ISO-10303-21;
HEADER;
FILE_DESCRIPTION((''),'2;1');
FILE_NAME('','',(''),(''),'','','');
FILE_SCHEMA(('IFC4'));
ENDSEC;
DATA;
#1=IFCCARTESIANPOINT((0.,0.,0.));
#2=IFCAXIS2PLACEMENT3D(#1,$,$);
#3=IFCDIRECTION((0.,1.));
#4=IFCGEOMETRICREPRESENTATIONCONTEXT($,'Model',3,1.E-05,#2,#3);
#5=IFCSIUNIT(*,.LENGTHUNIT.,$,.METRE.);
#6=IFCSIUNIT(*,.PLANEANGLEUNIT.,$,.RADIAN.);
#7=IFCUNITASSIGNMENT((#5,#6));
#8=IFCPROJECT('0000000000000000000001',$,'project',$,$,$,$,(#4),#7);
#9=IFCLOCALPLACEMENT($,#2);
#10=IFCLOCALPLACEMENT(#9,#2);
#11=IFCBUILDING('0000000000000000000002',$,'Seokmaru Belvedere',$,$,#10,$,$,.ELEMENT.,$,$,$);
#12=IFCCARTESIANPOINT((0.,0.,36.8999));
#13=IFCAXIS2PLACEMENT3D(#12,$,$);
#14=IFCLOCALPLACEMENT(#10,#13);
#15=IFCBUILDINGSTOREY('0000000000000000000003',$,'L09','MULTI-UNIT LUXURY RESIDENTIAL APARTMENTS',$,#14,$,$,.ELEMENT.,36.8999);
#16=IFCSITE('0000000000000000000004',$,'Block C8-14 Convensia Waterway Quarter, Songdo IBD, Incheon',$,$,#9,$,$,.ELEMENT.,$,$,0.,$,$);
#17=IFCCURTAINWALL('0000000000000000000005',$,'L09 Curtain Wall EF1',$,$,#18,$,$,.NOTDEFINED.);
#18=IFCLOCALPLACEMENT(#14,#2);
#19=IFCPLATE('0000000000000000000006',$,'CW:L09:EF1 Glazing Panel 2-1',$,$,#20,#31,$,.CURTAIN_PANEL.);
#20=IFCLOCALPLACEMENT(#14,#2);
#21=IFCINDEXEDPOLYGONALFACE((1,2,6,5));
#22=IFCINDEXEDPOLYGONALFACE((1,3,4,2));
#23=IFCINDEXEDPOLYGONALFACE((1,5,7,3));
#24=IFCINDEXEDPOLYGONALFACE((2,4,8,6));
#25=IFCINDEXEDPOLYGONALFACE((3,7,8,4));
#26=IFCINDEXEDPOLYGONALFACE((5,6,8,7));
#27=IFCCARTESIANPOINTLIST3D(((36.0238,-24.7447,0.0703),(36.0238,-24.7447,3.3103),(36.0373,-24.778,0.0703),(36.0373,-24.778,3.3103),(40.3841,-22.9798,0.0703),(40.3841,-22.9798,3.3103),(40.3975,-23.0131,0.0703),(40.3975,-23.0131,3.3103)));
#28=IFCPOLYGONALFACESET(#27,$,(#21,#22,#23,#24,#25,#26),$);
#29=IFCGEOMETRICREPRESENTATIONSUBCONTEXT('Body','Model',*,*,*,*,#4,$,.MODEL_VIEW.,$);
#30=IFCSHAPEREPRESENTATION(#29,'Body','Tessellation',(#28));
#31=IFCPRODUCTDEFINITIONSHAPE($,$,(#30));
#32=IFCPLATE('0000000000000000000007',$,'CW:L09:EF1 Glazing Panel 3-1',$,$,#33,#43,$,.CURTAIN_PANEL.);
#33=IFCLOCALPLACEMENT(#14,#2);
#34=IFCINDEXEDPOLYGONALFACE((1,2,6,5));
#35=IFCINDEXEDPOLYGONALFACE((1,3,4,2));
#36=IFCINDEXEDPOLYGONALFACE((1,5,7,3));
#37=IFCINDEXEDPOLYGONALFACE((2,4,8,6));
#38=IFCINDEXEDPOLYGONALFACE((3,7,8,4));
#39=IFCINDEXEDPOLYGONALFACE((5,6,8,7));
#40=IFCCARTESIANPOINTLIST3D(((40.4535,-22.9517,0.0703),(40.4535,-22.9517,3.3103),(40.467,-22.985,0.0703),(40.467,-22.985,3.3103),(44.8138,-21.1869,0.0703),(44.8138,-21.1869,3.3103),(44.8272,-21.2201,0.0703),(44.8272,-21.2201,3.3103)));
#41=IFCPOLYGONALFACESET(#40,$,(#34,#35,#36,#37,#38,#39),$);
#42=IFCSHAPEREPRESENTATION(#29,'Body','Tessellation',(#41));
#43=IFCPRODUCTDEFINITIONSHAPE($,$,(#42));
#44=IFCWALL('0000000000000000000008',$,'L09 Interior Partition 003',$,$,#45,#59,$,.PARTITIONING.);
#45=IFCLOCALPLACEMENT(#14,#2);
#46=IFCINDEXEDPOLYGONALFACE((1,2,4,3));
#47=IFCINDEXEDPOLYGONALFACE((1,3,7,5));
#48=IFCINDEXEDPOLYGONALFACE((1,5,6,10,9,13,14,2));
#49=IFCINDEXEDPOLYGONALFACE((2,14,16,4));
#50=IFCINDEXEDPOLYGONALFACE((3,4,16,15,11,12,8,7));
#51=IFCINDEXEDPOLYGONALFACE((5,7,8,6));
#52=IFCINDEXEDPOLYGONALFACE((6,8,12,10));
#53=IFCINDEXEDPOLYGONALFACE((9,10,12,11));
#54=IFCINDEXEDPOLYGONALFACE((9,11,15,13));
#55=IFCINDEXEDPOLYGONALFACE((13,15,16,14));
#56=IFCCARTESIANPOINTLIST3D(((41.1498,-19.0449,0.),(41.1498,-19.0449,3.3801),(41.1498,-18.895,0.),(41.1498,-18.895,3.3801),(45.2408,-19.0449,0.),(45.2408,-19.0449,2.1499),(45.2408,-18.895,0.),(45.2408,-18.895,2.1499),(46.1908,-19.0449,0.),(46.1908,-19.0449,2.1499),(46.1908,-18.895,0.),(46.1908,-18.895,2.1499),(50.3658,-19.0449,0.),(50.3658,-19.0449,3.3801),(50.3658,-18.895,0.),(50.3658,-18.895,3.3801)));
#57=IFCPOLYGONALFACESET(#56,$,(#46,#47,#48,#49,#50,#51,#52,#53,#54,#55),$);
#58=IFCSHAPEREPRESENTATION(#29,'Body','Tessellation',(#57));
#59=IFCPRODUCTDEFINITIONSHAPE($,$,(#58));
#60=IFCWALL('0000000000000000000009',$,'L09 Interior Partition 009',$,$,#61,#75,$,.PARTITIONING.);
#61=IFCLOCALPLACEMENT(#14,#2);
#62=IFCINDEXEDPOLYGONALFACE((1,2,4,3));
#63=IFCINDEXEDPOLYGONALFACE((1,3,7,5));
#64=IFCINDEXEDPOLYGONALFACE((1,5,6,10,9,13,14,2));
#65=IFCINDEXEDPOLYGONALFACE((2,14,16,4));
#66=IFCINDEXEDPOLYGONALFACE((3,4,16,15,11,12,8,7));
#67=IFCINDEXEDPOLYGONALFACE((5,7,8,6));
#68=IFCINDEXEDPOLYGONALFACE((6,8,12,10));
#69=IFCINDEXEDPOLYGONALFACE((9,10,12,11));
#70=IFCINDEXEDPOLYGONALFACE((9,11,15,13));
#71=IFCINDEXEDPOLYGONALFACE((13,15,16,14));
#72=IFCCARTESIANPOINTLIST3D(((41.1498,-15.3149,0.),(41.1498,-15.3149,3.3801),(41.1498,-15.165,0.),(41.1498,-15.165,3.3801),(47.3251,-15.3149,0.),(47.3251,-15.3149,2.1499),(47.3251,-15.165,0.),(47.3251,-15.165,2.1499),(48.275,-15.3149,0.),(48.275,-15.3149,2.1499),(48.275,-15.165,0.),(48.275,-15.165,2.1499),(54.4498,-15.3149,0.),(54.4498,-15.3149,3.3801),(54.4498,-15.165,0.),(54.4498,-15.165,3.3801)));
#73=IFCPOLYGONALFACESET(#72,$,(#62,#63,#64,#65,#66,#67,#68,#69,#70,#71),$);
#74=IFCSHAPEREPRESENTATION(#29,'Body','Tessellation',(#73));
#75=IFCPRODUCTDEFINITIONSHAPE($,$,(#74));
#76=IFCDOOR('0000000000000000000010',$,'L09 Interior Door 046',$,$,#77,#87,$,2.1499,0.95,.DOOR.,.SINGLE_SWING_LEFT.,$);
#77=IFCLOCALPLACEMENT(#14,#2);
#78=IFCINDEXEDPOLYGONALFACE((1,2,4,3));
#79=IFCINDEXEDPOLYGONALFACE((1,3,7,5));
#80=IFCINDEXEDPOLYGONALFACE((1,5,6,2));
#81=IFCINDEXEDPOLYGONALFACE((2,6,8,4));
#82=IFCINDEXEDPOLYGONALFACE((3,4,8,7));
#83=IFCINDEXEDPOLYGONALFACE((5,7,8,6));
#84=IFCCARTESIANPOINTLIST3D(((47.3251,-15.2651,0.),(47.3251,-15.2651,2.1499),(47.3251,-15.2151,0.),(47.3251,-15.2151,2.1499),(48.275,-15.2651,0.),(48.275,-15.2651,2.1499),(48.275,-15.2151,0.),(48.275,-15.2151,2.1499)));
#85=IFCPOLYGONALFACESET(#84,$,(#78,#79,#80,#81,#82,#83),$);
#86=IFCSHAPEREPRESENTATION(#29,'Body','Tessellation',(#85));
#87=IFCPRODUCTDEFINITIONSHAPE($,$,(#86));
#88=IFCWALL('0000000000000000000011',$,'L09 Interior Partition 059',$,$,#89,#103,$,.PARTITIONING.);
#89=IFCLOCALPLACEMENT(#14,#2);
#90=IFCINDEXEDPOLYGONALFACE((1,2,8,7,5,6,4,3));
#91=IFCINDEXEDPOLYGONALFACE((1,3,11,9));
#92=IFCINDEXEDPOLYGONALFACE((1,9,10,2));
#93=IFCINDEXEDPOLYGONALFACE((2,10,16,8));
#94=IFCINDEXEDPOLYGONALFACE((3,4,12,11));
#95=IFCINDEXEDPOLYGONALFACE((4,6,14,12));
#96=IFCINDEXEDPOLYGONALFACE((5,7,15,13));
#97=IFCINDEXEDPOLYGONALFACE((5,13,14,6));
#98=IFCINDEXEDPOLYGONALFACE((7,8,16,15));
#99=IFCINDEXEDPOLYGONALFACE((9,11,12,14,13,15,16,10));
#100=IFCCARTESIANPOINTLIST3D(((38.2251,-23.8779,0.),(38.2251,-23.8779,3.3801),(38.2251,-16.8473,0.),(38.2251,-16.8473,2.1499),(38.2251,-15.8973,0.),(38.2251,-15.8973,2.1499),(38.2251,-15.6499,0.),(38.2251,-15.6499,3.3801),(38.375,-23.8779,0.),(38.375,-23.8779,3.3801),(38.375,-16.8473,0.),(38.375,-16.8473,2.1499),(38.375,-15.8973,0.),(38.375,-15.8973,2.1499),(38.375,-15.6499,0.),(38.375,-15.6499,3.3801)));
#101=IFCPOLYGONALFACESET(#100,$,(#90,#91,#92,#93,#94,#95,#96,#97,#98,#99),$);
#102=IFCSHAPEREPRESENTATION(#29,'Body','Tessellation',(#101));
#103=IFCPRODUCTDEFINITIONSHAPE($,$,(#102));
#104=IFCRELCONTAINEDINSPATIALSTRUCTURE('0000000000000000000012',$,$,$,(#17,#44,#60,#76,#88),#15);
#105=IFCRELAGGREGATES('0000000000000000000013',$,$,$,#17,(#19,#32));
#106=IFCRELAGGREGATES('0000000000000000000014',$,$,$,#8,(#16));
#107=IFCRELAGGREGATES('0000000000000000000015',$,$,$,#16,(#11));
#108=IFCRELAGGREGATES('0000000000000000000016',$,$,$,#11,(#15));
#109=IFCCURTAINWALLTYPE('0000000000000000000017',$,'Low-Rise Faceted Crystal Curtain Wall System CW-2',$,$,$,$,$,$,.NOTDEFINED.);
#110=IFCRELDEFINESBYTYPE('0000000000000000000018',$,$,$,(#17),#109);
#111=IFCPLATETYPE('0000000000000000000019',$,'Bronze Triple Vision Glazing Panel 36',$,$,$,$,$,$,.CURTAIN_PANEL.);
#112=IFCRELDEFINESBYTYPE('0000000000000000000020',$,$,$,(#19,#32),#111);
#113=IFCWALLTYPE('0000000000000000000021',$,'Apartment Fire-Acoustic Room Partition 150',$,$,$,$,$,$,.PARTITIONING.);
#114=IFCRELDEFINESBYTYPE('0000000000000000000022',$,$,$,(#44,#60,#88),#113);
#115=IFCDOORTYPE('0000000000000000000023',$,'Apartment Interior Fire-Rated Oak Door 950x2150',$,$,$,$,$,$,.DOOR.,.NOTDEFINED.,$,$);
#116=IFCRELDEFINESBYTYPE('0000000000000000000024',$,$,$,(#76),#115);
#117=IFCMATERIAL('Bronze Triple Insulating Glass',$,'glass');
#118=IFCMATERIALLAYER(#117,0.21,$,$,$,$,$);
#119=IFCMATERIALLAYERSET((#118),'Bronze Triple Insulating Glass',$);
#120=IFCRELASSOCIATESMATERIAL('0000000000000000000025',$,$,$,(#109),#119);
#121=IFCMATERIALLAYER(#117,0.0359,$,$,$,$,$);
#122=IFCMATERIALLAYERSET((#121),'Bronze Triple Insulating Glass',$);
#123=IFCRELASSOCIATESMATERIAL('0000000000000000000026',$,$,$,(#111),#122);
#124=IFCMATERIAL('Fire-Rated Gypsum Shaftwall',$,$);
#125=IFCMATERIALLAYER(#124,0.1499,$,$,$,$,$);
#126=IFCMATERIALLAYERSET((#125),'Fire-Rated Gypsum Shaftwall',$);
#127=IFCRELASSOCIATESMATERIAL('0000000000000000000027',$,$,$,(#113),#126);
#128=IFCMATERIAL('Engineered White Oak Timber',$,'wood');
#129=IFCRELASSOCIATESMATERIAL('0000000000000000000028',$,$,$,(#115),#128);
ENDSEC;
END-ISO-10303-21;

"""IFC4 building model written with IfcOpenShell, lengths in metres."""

from ifc_helpers import new_model, si_unit, direction, frame, frame_2d, origin, origin_2d, place, context, subcontext, project, spatial, rectangle, extrude, source, transform, mapped, material, layer, layer_set, type_object, type_shapes, element, fill, aggregate, save


model = new_model("IFC4")

# Units and contexts
model_context = context("Model", 3, precision=1e-05, world=origin(), true_north=direction((0.0, 1.0)))
body_context = subcontext(model_context, "Body", "Model", "MODEL_VIEW")
ifc_project = project(units=[si_unit("LENGTHUNIT", "METRE"), si_unit("PLANEANGLEUNIT", "RADIAN")], contexts=[model_context])

# Site, building, storey
site_placement = place(None, origin())
site = spatial("IfcSite", under=ifc_project, at=site_placement, Name="Block C8-14 Convensia Waterway Quarter, Songdo IBD, Incheon", CompositionType="ELEMENT", RefElevation=0.0)
building_placement = place(site_placement, origin())
building = spatial("IfcBuilding", under=site, at=building_placement, Name="Seokmaru Belvedere", CompositionType="ELEMENT")
storey_placement = place(building_placement, frame((0.0, 0.0, 36.8999)))
storey = spatial("IfcBuildingStorey", under=building, at=storey_placement, Name="L09", Description="MULTI-UNIT LUXURY RESIDENTIAL APARTMENTS", CompositionType="ELEMENT", Elevation=36.8999)

# Curtain wall, plates
ifc_material_1 = material(Name="Bronze Triple Insulating Glass", Category="glass")
ifc_layer_1 = layer(ifc_material_1, 0.21)
ifc_layer_set_1 = layer_set([ifc_layer_1], Name="Bronze Triple Insulating Glass")
curtain_wall_type = type_object("IfcCurtainWallType", Name="Low-Rise Faceted Crystal Curtain Wall System CW-2", PredefinedType="NOTDEFINED", material=ifc_layer_set_1)
curtain_wall_placement = place(storey_placement, origin())
curtain_wall = element("IfcCurtainWall", 1, at=curtain_wall_placement, inside=storey, type_object=curtain_wall_type, Name="L09 Curtain Wall EF1", PredefinedType="NOTDEFINED")
ifc_layer_2 = layer(ifc_material_1, 0.0359)
ifc_layer_set_2 = layer_set([ifc_layer_2], Name="Bronze Triple Insulating Glass")
plate_type = type_object("IfcPlateType", Name="Bronze Triple Vision Glazing Panel 36", PredefinedType="CURTAIN_PANEL", material=ifc_layer_set_2)
shared_shape_1 = source(origin(), body_context, "Body", "SweptSolid", [
    extrude(rectangle(XDim=4.7039, YDim=0.0359, at=origin_2d()), origin(), (0.0, 0.0, 1.0), 3.24),
])
type_shapes(plate_type, [shared_shape_1])
plate_1_placement = place(storey_placement, frame((38.2107, -23.8789, 0.0703), z_axis=(0.0, 0.0, 1.0), x_axis=(0.926947, 0.375192, 0.0)))
plate_1 = element("IfcPlate", 2, at=plate_1_placement, type_object=plate_type, Name="CW:L09:EF1 Glazing Panel 2-1", PredefinedType="CURTAIN_PANEL", context=body_context, shape_type="MappedRepresentation", body=[
    mapped(shared_shape_1, transform((0.0, 0.0, 0.0), scale=1.0)),
])
plate_2_placement = place(storey_placement, frame((42.6404, -22.0859, 0.0703), z_axis=(0.0, 0.0, 1.0), x_axis=(0.926947, 0.375192, 0.0)))
plate_2 = element("IfcPlate", 3, at=plate_2_placement, type_object=plate_type, Name="CW:L09:EF1 Glazing Panel 3-1", PredefinedType="CURTAIN_PANEL", context=body_context, shape_type="MappedRepresentation", body=[
    mapped(shared_shape_1, transform((0.0, 0.0, 0.0), scale=1.0)),
])
aggregate(curtain_wall, [plate_1, plate_2])

# Wall, opening
ifc_material_2 = material(Name="Fire-Rated Gypsum Shaftwall")
ifc_layer_3 = layer(ifc_material_2, 0.1499)
ifc_layer_set_3 = layer_set([ifc_layer_3], Name="Fire-Rated Gypsum Shaftwall")
wall_type_1 = type_object("IfcWallType", Name="Apartment Fire-Acoustic Room Partition 150", PredefinedType="PARTITIONING", material=ifc_layer_set_3)
wall_1_placement = place(storey_placement, frame((41.1499, -18.97, 0.0), z_axis=(0.0, 0.0, 1.0), x_axis=(1.0, 0.0, 0.0)))
wall_1 = element("IfcWall", 4, at=wall_1_placement, inside=storey, type_object=wall_type_1, Name="L09 Interior Partition 003", PredefinedType="PARTITIONING", context=body_context, shape_type="SweptSolid", body=[
    extrude(rectangle(XDim=9.2161, YDim=0.1499, at=frame_2d((4.6079, 0.0))), origin(), (0.0, 0.0, 1.0), 3.3801),
])
opening_1_placement = place(wall_1_placement, frame((4.0908, 0.0, 0.0)))
element("IfcOpeningElement", 5, at=opening_1_placement, cuts=wall_1, PredefinedType="OPENING", context=body_context, shape_type="SweptSolid", body=[
    extrude(rectangle(XDim=0.95, YDim=2.1499, at=frame_2d((0.4751, 1.075))), frame((0.0, 0.085, 0.0), z_axis=(0.0, -1.0, 0.0), x_axis=(1.0, 0.0, 0.0)), (0.0, 0.0, 1.0), 0.1699),
])

# Wall, opening, door
wall_2_placement = place(storey_placement, frame((41.1499, -15.24, 0.0), z_axis=(0.0, 0.0, 1.0), x_axis=(1.0, 0.0, 0.0)))
wall_2 = element("IfcWall", 6, at=wall_2_placement, inside=storey, type_object=wall_type_1, Name="L09 Interior Partition 009", PredefinedType="PARTITIONING", context=body_context, shape_type="SweptSolid", body=[
    extrude(rectangle(XDim=13.3, YDim=0.1499, at=frame_2d((6.6499, 0.0))), origin(), (0.0, 0.0, 1.0), 3.3801),
])
opening_2_placement = place(wall_2_placement, frame((6.175, 0.0, 0.0)))
opening_2 = element("IfcOpeningElement", 7, at=opening_2_placement, cuts=wall_2, PredefinedType="OPENING", context=body_context, shape_type="SweptSolid", body=[
    extrude(rectangle(XDim=0.95, YDim=2.1499, at=frame_2d((0.4751, 1.075))), frame((0.0, 0.085, 0.0), z_axis=(0.0, -1.0, 0.0), x_axis=(1.0, 0.0, 0.0)), (0.0, 0.0, 1.0), 0.1699),
])
ifc_material_3 = material(Name="Engineered White Oak Timber", Category="wood")
door_type_1 = type_object("IfcDoorType", Name="Apartment Interior Fire-Rated Oak Door 950x2150", OperationType="NOTDEFINED", PredefinedType="DOOR", material=ifc_material_3)
shared_shape_2 = source(origin(), body_context, "Body", "SweptSolid", [
    extrude(rectangle(XDim=0.95, YDim=2.1499, at=frame_2d((0.4751, 1.075))), frame((0.0, 0.0249, 0.0), z_axis=(0.0, -1.0, 0.0), x_axis=(1.0, 0.0, 0.0)), (0.0, 0.0, 1.0), 0.05),
])
type_shapes(door_type_1, [shared_shape_2])
door_1_placement = place(opening_2_placement, origin())
door_1 = element("IfcDoor", 8, at=door_1_placement, inside=storey, type_object=door_type_1, Name="L09 Interior Door 046", OperationType="SINGLE_SWING_LEFT", OverallHeight=2.1499, OverallWidth=0.95, PredefinedType="DOOR", context=body_context, shape_type="MappedRepresentation", body=[
    mapped(shared_shape_2, transform((0.0, 0.0, 0.0), scale=1.0)),
])
fill(opening_2, door_1)

# Wall, opening
wall_3_placement = place(storey_placement, frame((38.3, -23.8779, 0.0), z_axis=(0.0, 0.0, 1.0), x_axis=(0.0, 1.0, 0.0)))
wall_3 = element("IfcWall", 9, at=wall_3_placement, inside=storey, type_object=wall_type_1, Name="L09 Interior Partition 059", PredefinedType="PARTITIONING", context=body_context, shape_type="SweptSolid", body=[
    extrude(rectangle(XDim=8.228, YDim=0.1499, at=frame_2d((4.114, 0.0))), origin(), (0.0, 0.0, 1.0), 3.3801),
])
opening_3_placement = place(wall_3_placement, frame((7.0305, 0.0, 0.0)))
element("IfcOpeningElement", 10, at=opening_3_placement, cuts=wall_3, PredefinedType="OPENING", context=body_context, shape_type="SweptSolid", body=[
    extrude(rectangle(XDim=0.95, YDim=2.1499, at=frame_2d((0.4751, 1.075))), frame((0.0, 0.085, 0.0), z_axis=(0.0, -1.0, 0.0), x_axis=(1.0, 0.0, 0.0)), (0.0, 0.0, 1.0), 0.1699),
])

save(model, "model.ifc")
